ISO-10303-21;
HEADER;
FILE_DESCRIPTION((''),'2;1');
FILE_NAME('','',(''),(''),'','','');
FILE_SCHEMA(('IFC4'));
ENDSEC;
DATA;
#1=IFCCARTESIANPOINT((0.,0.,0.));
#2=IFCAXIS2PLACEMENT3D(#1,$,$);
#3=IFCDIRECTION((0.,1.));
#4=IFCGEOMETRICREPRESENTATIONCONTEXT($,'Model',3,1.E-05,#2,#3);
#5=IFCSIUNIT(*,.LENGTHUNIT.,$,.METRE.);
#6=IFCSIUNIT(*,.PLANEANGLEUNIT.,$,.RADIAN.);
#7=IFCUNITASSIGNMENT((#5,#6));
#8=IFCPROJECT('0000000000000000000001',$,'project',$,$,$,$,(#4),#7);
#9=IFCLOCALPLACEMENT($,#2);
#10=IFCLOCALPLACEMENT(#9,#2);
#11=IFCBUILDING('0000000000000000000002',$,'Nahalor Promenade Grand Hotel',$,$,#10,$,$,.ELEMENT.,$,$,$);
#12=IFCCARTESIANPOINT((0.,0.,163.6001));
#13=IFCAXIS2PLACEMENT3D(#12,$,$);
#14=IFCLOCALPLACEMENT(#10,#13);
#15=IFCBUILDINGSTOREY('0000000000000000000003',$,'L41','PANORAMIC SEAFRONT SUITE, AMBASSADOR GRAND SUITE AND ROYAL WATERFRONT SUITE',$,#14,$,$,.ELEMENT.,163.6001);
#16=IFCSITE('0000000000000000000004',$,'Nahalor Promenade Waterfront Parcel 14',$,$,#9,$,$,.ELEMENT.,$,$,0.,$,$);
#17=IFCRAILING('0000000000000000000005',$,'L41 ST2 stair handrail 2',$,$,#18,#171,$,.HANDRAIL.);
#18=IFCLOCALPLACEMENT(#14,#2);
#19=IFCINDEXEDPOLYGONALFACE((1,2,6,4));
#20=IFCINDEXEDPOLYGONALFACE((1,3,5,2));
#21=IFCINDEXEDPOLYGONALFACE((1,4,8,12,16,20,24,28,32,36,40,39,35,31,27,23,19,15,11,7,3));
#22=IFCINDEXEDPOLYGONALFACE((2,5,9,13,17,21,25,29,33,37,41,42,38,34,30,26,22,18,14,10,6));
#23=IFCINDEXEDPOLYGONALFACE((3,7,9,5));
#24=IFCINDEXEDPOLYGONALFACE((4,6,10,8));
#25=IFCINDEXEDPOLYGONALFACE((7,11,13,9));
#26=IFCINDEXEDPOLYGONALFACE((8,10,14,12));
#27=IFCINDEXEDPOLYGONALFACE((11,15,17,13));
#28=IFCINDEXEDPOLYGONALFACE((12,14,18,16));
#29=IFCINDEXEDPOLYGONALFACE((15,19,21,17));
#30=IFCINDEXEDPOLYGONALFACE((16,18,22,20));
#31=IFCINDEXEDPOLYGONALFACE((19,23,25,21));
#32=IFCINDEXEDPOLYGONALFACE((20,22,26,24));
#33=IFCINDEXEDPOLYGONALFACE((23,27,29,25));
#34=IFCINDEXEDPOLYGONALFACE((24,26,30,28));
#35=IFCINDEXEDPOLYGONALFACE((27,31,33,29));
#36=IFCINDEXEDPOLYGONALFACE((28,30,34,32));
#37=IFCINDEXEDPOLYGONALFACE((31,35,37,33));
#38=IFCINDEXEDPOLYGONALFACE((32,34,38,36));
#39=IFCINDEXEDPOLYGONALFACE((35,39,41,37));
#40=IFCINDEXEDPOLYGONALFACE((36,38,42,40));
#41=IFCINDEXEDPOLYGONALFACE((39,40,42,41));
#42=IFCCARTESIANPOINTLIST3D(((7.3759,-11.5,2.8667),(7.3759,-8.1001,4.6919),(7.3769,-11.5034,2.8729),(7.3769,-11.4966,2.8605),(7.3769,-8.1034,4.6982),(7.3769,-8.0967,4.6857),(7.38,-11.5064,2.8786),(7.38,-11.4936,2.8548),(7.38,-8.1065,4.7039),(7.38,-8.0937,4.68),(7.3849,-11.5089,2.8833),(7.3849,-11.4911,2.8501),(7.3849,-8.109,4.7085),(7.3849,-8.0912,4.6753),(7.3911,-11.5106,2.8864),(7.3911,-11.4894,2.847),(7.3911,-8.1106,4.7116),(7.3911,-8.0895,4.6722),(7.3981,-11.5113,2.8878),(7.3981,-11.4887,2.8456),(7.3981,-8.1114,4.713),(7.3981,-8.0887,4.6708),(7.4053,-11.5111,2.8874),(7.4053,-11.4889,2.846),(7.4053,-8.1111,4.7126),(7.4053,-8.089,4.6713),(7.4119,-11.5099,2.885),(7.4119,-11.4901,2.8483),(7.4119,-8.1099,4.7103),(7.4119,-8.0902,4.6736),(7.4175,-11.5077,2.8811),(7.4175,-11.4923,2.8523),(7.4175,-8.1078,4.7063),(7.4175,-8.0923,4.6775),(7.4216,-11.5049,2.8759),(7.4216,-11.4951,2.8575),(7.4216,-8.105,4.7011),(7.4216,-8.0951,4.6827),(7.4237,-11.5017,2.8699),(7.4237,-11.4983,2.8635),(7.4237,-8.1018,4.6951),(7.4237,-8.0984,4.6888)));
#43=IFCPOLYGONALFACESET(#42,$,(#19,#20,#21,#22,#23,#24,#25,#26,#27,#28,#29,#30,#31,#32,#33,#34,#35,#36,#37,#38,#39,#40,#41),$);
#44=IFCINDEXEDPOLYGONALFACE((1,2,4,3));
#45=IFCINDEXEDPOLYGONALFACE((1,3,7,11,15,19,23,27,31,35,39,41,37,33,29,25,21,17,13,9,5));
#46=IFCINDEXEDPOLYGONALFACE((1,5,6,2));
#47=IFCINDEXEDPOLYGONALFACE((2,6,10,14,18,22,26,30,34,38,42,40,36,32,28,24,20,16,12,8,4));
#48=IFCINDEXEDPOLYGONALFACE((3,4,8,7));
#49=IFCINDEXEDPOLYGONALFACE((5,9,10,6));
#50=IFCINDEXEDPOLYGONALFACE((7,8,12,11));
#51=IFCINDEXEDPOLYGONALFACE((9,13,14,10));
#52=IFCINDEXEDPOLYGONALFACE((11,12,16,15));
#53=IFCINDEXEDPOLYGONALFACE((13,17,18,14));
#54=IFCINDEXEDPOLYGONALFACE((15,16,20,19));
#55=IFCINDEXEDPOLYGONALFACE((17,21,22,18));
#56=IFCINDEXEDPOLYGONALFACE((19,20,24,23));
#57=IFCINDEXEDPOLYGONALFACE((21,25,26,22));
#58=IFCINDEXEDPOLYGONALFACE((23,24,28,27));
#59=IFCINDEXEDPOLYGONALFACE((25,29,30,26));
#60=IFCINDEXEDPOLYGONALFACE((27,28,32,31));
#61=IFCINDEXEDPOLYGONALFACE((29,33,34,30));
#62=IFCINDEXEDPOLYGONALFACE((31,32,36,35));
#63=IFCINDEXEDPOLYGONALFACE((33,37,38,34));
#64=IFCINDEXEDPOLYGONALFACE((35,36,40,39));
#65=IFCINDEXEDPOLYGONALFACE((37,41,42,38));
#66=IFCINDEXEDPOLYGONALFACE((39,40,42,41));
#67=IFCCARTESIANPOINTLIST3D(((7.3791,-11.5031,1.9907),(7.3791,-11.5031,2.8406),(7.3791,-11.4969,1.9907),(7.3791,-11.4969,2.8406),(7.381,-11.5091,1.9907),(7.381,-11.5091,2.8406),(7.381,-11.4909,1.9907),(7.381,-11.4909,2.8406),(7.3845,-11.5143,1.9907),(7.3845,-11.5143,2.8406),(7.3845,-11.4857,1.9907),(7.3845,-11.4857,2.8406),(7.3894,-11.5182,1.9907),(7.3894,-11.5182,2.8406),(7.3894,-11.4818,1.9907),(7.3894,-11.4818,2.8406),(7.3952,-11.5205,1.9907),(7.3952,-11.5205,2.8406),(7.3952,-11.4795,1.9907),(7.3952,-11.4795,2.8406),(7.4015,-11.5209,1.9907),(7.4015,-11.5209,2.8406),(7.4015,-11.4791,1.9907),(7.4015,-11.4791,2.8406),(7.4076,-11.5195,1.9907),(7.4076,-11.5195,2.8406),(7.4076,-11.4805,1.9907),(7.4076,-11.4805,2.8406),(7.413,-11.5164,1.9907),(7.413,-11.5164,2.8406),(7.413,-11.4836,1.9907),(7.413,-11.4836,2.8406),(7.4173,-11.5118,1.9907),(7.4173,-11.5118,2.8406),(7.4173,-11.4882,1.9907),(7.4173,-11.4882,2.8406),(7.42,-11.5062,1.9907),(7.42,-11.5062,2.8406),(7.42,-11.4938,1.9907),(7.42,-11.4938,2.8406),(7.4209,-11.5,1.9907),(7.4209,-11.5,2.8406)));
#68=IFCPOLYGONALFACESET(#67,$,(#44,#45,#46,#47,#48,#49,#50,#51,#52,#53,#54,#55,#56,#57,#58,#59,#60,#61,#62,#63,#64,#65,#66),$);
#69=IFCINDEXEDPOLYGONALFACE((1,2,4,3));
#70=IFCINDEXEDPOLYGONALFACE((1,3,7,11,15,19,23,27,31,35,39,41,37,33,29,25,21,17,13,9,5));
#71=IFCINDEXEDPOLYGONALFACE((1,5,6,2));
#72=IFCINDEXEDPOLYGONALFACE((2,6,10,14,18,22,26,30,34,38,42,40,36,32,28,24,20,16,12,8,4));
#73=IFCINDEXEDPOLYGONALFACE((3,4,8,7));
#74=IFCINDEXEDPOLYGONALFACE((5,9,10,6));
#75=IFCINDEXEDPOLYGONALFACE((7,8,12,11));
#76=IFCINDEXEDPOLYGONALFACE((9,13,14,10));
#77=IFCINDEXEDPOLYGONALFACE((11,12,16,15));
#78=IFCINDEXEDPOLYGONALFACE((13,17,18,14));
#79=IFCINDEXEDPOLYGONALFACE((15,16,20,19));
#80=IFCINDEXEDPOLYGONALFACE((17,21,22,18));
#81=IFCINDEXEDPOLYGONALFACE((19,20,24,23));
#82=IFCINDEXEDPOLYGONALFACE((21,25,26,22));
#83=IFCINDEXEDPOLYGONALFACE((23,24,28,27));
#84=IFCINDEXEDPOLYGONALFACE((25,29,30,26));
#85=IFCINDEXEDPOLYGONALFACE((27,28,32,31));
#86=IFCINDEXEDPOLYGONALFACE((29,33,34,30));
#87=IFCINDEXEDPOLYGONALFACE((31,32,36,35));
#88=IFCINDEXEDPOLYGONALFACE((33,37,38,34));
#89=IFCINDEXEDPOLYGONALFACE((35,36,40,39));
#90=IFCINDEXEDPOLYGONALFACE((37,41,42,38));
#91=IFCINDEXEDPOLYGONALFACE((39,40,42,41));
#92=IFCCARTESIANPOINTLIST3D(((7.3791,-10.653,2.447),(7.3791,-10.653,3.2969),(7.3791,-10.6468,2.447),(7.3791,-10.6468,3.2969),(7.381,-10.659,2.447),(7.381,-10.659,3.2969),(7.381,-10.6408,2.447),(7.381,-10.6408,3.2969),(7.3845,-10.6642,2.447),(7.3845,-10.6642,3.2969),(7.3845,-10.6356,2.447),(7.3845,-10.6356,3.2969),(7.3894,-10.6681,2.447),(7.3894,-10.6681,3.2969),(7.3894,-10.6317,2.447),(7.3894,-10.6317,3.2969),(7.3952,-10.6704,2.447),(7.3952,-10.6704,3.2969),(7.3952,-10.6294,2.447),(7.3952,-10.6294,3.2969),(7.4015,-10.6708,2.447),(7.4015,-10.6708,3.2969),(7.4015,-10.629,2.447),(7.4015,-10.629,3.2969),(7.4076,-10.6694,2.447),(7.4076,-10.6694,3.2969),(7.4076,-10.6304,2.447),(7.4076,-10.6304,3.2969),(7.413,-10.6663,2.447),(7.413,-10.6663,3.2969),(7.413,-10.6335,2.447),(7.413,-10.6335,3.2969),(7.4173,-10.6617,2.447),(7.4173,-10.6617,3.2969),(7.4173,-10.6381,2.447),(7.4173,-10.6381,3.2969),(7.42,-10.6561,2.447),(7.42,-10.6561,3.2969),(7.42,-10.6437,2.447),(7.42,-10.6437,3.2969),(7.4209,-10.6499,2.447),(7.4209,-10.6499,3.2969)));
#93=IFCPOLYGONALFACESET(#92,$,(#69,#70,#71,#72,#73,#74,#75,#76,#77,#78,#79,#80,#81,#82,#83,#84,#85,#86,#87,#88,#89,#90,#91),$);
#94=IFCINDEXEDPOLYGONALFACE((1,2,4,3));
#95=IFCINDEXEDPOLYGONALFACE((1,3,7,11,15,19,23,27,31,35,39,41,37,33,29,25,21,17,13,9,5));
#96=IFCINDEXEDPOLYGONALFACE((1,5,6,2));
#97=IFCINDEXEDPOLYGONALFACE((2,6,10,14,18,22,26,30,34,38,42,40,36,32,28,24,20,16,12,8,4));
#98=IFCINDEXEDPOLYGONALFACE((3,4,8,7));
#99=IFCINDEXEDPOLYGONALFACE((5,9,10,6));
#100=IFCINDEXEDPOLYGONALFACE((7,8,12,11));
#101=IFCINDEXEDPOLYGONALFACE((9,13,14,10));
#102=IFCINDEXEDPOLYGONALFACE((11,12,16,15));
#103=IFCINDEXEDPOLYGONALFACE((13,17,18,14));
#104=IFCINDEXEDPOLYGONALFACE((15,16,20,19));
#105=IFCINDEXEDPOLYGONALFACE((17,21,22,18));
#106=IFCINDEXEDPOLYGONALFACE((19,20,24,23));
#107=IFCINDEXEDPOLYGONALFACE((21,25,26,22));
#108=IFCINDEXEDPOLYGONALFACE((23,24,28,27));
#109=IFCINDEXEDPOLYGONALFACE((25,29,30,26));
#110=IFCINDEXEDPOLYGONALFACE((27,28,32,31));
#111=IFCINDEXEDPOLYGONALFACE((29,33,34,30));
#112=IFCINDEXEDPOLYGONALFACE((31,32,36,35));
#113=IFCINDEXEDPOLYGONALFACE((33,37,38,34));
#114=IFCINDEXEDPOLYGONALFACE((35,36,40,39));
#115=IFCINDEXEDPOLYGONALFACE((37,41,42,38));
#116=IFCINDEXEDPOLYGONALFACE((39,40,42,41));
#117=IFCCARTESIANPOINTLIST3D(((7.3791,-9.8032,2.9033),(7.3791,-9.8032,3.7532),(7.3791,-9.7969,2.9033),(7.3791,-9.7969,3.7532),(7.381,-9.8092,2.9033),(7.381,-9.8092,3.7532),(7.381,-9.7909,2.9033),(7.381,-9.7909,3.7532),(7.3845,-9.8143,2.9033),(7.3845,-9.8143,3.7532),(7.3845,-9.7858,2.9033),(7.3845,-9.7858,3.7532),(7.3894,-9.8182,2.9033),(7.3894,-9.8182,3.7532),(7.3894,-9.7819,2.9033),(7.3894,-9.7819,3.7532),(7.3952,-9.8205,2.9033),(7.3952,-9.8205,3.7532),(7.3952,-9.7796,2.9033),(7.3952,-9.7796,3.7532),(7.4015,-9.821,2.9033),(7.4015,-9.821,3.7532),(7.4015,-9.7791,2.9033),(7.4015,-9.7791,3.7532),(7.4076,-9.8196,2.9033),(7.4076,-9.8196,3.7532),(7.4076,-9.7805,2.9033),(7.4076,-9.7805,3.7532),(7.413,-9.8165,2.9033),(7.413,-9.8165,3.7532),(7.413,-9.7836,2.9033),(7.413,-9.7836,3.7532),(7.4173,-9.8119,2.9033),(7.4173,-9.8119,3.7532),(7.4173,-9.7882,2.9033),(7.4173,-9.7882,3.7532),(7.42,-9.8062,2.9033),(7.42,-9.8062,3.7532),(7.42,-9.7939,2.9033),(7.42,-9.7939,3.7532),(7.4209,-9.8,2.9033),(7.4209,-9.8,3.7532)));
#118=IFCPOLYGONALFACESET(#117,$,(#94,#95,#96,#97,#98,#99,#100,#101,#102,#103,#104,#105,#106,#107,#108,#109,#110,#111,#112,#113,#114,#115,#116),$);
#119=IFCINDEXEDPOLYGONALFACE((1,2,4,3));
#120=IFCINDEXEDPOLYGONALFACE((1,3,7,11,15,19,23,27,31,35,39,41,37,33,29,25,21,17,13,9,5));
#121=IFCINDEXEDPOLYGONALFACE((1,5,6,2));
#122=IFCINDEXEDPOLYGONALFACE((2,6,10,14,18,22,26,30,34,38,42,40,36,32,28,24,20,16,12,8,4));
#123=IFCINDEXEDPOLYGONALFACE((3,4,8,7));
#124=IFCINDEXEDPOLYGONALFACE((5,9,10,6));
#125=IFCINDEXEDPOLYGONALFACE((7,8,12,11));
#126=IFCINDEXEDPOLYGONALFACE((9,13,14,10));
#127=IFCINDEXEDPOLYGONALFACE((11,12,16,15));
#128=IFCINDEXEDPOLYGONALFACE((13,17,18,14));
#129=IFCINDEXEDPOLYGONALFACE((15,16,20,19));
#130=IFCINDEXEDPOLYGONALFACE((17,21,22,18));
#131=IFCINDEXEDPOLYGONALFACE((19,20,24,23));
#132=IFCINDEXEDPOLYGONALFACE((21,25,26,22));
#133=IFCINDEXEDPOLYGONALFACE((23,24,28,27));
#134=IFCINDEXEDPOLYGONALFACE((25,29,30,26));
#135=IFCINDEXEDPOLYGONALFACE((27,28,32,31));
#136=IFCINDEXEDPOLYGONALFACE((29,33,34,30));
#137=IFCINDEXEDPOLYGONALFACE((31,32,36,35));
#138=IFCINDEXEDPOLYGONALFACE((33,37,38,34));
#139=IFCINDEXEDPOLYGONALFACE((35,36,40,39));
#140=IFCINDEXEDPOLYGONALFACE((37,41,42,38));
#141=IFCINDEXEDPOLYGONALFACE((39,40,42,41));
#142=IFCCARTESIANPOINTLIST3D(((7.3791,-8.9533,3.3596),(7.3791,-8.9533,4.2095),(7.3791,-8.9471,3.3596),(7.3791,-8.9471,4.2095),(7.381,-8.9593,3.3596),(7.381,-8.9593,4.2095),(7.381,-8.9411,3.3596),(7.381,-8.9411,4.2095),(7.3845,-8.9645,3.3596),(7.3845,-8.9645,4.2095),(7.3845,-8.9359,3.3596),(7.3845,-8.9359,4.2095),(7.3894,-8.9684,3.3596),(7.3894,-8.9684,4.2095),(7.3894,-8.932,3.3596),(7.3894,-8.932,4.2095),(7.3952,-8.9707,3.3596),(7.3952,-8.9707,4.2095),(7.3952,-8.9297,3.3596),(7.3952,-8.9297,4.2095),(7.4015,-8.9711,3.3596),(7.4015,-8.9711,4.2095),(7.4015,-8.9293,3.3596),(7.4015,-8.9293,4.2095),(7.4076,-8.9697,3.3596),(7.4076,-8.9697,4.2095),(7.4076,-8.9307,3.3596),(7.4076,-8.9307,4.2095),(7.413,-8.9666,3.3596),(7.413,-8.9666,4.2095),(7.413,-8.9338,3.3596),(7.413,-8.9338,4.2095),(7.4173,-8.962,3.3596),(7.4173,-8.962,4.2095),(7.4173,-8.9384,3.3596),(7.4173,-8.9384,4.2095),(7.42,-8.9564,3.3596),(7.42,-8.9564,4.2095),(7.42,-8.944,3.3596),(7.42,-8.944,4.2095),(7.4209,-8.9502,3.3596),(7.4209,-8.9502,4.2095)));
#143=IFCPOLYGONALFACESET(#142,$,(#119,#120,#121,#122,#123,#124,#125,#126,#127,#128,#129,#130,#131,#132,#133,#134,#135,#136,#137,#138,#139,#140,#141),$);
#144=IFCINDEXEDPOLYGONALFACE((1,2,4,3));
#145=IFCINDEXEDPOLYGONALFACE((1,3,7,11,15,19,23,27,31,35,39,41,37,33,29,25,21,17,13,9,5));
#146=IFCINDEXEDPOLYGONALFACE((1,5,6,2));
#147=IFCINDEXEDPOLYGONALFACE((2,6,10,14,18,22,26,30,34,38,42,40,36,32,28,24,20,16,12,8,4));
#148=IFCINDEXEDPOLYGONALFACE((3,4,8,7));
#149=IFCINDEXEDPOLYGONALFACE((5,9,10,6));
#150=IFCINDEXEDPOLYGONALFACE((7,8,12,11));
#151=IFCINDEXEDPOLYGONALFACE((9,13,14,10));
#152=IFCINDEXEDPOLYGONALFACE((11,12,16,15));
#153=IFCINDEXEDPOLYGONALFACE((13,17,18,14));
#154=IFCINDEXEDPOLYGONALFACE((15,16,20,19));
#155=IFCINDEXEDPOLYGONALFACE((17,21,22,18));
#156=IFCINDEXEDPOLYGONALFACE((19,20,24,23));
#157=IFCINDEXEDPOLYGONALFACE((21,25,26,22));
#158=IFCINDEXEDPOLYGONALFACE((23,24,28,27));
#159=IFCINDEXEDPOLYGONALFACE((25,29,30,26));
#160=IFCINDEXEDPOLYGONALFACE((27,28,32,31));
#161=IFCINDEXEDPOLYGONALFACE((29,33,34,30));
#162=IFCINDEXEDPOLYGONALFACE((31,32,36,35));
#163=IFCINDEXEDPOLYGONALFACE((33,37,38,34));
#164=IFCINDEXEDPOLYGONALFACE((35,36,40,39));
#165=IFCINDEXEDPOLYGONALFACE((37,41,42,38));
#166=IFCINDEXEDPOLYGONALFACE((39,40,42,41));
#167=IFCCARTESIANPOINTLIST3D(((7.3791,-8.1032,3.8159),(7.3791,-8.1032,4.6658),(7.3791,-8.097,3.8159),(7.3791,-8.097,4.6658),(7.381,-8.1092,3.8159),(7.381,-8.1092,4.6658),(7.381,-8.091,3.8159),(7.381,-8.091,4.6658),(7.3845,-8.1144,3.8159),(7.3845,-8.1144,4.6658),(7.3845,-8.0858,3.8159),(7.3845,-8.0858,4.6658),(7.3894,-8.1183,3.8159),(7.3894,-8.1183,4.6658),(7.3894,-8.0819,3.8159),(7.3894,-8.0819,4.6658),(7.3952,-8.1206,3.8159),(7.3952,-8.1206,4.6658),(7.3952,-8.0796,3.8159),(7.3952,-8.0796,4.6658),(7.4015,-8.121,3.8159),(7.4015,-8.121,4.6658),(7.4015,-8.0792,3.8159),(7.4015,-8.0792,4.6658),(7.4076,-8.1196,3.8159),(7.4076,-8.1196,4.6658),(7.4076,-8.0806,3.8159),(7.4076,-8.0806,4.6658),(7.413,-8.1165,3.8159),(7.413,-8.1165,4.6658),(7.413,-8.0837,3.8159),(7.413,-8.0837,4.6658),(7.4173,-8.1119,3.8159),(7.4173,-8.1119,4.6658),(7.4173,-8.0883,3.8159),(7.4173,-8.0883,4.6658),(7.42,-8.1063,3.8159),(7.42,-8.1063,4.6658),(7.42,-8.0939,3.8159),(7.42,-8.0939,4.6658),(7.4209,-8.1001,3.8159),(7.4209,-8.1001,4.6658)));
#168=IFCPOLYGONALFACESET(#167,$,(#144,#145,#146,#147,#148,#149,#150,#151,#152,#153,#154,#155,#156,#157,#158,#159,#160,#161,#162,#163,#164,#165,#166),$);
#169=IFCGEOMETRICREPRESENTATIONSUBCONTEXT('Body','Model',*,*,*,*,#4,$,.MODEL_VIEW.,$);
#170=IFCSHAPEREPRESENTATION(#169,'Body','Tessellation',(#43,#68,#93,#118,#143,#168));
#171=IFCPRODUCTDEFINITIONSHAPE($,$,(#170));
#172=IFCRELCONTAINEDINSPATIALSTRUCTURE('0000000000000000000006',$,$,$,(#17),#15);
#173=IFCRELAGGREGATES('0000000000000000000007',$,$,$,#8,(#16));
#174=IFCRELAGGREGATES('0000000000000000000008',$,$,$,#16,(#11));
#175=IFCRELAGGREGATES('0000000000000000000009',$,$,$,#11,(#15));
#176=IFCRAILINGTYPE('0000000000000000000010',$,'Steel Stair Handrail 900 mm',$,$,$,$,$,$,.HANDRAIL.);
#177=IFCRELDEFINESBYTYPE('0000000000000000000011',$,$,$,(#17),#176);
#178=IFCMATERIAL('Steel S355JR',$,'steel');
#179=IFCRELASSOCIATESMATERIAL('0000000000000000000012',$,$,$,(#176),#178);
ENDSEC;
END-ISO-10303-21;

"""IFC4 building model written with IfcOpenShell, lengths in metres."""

from ifc_helpers import new_model, si_unit, direction, frame, origin, origin_2d, place, context, subcontext, project, spatial, circle, extrude, material, type_object, element, save


model = new_model("IFC4")

# Units and contexts
model_context = context("Model", 3, precision=1e-05, world=origin(), true_north=direction((0.0, 1.0)))
body_context = subcontext(model_context, "Body", "Model", "MODEL_VIEW")
ifc_project = project(units=[si_unit("LENGTHUNIT", "METRE"), si_unit("PLANEANGLEUNIT", "RADIAN")], contexts=[model_context])

# Site, building, storey
site_placement = place(None, origin())
site = spatial("IfcSite", under=ifc_project, at=site_placement, Name="Nahalor Promenade Waterfront Parcel 14", CompositionType="ELEMENT", RefElevation=0.0)
building_placement = place(site_placement, origin())
building = spatial("IfcBuilding", under=site, at=building_placement, Name="Nahalor Promenade Grand Hotel", CompositionType="ELEMENT")
storey_placement = place(building_placement, frame((0.0, 0.0, 163.6001)))
storey = spatial("IfcBuildingStorey", under=building, at=storey_placement, Name="L41", Description="PANORAMIC SEAFRONT SUITE, AMBASSADOR GRAND SUITE AND ROYAL WATERFRONT SUITE", CompositionType="ELEMENT", Elevation=163.6001)

# Shared definitions
ifc_material_1 = material(Name="Steel S355JR", Category="steel")

# Railing
railing_type_1 = type_object("IfcRailingType", Name="Steel Stair Handrail 900 mm", PredefinedType="HANDRAIL", material=ifc_material_1)
railing_1_placement = place(storey_placement, frame((7.3999, -11.5, 1.9907)))
element("IfcRailing", 1, at=railing_1_placement, inside=storey, type_object=railing_type_1, Name="L41 ST2 stair handrail 2", PredefinedType="HANDRAIL", context=body_context, shape_type="SweptSolid", body=[
    extrude(circle(Radius=0.024, at=origin_2d()), frame((0.0, 0.0, 0.876), z_axis=(0.0, 0.881068, 0.47299), x_axis=(-1.0, 0.0, 0.0)), (0.0, 0.0, 1.0), 3.8589),
    extrude(circle(Radius=0.021, at=origin_2d()), origin(), (0.0, 0.0, 1.0), 0.8499),
    extrude(circle(Radius=0.021, at=origin_2d()), frame((0.0, 0.8501, 0.4563)), (0.0, 0.0, 1.0), 0.8499),
    extrude(circle(Radius=0.021, at=origin_2d()), frame((0.0, 1.7, 0.9126)), (0.0, 0.0, 1.0), 0.8499),
    extrude(circle(Radius=0.021, at=origin_2d()), frame((0.0, 2.5498, 1.3689)), (0.0, 0.0, 1.0), 0.8499),
    extrude(circle(Radius=0.021, at=origin_2d()), frame((0.0, 3.3999, 1.8252)), (0.0, 0.0, 1.0), 0.8499),
])

save(model, "model.ifc")
